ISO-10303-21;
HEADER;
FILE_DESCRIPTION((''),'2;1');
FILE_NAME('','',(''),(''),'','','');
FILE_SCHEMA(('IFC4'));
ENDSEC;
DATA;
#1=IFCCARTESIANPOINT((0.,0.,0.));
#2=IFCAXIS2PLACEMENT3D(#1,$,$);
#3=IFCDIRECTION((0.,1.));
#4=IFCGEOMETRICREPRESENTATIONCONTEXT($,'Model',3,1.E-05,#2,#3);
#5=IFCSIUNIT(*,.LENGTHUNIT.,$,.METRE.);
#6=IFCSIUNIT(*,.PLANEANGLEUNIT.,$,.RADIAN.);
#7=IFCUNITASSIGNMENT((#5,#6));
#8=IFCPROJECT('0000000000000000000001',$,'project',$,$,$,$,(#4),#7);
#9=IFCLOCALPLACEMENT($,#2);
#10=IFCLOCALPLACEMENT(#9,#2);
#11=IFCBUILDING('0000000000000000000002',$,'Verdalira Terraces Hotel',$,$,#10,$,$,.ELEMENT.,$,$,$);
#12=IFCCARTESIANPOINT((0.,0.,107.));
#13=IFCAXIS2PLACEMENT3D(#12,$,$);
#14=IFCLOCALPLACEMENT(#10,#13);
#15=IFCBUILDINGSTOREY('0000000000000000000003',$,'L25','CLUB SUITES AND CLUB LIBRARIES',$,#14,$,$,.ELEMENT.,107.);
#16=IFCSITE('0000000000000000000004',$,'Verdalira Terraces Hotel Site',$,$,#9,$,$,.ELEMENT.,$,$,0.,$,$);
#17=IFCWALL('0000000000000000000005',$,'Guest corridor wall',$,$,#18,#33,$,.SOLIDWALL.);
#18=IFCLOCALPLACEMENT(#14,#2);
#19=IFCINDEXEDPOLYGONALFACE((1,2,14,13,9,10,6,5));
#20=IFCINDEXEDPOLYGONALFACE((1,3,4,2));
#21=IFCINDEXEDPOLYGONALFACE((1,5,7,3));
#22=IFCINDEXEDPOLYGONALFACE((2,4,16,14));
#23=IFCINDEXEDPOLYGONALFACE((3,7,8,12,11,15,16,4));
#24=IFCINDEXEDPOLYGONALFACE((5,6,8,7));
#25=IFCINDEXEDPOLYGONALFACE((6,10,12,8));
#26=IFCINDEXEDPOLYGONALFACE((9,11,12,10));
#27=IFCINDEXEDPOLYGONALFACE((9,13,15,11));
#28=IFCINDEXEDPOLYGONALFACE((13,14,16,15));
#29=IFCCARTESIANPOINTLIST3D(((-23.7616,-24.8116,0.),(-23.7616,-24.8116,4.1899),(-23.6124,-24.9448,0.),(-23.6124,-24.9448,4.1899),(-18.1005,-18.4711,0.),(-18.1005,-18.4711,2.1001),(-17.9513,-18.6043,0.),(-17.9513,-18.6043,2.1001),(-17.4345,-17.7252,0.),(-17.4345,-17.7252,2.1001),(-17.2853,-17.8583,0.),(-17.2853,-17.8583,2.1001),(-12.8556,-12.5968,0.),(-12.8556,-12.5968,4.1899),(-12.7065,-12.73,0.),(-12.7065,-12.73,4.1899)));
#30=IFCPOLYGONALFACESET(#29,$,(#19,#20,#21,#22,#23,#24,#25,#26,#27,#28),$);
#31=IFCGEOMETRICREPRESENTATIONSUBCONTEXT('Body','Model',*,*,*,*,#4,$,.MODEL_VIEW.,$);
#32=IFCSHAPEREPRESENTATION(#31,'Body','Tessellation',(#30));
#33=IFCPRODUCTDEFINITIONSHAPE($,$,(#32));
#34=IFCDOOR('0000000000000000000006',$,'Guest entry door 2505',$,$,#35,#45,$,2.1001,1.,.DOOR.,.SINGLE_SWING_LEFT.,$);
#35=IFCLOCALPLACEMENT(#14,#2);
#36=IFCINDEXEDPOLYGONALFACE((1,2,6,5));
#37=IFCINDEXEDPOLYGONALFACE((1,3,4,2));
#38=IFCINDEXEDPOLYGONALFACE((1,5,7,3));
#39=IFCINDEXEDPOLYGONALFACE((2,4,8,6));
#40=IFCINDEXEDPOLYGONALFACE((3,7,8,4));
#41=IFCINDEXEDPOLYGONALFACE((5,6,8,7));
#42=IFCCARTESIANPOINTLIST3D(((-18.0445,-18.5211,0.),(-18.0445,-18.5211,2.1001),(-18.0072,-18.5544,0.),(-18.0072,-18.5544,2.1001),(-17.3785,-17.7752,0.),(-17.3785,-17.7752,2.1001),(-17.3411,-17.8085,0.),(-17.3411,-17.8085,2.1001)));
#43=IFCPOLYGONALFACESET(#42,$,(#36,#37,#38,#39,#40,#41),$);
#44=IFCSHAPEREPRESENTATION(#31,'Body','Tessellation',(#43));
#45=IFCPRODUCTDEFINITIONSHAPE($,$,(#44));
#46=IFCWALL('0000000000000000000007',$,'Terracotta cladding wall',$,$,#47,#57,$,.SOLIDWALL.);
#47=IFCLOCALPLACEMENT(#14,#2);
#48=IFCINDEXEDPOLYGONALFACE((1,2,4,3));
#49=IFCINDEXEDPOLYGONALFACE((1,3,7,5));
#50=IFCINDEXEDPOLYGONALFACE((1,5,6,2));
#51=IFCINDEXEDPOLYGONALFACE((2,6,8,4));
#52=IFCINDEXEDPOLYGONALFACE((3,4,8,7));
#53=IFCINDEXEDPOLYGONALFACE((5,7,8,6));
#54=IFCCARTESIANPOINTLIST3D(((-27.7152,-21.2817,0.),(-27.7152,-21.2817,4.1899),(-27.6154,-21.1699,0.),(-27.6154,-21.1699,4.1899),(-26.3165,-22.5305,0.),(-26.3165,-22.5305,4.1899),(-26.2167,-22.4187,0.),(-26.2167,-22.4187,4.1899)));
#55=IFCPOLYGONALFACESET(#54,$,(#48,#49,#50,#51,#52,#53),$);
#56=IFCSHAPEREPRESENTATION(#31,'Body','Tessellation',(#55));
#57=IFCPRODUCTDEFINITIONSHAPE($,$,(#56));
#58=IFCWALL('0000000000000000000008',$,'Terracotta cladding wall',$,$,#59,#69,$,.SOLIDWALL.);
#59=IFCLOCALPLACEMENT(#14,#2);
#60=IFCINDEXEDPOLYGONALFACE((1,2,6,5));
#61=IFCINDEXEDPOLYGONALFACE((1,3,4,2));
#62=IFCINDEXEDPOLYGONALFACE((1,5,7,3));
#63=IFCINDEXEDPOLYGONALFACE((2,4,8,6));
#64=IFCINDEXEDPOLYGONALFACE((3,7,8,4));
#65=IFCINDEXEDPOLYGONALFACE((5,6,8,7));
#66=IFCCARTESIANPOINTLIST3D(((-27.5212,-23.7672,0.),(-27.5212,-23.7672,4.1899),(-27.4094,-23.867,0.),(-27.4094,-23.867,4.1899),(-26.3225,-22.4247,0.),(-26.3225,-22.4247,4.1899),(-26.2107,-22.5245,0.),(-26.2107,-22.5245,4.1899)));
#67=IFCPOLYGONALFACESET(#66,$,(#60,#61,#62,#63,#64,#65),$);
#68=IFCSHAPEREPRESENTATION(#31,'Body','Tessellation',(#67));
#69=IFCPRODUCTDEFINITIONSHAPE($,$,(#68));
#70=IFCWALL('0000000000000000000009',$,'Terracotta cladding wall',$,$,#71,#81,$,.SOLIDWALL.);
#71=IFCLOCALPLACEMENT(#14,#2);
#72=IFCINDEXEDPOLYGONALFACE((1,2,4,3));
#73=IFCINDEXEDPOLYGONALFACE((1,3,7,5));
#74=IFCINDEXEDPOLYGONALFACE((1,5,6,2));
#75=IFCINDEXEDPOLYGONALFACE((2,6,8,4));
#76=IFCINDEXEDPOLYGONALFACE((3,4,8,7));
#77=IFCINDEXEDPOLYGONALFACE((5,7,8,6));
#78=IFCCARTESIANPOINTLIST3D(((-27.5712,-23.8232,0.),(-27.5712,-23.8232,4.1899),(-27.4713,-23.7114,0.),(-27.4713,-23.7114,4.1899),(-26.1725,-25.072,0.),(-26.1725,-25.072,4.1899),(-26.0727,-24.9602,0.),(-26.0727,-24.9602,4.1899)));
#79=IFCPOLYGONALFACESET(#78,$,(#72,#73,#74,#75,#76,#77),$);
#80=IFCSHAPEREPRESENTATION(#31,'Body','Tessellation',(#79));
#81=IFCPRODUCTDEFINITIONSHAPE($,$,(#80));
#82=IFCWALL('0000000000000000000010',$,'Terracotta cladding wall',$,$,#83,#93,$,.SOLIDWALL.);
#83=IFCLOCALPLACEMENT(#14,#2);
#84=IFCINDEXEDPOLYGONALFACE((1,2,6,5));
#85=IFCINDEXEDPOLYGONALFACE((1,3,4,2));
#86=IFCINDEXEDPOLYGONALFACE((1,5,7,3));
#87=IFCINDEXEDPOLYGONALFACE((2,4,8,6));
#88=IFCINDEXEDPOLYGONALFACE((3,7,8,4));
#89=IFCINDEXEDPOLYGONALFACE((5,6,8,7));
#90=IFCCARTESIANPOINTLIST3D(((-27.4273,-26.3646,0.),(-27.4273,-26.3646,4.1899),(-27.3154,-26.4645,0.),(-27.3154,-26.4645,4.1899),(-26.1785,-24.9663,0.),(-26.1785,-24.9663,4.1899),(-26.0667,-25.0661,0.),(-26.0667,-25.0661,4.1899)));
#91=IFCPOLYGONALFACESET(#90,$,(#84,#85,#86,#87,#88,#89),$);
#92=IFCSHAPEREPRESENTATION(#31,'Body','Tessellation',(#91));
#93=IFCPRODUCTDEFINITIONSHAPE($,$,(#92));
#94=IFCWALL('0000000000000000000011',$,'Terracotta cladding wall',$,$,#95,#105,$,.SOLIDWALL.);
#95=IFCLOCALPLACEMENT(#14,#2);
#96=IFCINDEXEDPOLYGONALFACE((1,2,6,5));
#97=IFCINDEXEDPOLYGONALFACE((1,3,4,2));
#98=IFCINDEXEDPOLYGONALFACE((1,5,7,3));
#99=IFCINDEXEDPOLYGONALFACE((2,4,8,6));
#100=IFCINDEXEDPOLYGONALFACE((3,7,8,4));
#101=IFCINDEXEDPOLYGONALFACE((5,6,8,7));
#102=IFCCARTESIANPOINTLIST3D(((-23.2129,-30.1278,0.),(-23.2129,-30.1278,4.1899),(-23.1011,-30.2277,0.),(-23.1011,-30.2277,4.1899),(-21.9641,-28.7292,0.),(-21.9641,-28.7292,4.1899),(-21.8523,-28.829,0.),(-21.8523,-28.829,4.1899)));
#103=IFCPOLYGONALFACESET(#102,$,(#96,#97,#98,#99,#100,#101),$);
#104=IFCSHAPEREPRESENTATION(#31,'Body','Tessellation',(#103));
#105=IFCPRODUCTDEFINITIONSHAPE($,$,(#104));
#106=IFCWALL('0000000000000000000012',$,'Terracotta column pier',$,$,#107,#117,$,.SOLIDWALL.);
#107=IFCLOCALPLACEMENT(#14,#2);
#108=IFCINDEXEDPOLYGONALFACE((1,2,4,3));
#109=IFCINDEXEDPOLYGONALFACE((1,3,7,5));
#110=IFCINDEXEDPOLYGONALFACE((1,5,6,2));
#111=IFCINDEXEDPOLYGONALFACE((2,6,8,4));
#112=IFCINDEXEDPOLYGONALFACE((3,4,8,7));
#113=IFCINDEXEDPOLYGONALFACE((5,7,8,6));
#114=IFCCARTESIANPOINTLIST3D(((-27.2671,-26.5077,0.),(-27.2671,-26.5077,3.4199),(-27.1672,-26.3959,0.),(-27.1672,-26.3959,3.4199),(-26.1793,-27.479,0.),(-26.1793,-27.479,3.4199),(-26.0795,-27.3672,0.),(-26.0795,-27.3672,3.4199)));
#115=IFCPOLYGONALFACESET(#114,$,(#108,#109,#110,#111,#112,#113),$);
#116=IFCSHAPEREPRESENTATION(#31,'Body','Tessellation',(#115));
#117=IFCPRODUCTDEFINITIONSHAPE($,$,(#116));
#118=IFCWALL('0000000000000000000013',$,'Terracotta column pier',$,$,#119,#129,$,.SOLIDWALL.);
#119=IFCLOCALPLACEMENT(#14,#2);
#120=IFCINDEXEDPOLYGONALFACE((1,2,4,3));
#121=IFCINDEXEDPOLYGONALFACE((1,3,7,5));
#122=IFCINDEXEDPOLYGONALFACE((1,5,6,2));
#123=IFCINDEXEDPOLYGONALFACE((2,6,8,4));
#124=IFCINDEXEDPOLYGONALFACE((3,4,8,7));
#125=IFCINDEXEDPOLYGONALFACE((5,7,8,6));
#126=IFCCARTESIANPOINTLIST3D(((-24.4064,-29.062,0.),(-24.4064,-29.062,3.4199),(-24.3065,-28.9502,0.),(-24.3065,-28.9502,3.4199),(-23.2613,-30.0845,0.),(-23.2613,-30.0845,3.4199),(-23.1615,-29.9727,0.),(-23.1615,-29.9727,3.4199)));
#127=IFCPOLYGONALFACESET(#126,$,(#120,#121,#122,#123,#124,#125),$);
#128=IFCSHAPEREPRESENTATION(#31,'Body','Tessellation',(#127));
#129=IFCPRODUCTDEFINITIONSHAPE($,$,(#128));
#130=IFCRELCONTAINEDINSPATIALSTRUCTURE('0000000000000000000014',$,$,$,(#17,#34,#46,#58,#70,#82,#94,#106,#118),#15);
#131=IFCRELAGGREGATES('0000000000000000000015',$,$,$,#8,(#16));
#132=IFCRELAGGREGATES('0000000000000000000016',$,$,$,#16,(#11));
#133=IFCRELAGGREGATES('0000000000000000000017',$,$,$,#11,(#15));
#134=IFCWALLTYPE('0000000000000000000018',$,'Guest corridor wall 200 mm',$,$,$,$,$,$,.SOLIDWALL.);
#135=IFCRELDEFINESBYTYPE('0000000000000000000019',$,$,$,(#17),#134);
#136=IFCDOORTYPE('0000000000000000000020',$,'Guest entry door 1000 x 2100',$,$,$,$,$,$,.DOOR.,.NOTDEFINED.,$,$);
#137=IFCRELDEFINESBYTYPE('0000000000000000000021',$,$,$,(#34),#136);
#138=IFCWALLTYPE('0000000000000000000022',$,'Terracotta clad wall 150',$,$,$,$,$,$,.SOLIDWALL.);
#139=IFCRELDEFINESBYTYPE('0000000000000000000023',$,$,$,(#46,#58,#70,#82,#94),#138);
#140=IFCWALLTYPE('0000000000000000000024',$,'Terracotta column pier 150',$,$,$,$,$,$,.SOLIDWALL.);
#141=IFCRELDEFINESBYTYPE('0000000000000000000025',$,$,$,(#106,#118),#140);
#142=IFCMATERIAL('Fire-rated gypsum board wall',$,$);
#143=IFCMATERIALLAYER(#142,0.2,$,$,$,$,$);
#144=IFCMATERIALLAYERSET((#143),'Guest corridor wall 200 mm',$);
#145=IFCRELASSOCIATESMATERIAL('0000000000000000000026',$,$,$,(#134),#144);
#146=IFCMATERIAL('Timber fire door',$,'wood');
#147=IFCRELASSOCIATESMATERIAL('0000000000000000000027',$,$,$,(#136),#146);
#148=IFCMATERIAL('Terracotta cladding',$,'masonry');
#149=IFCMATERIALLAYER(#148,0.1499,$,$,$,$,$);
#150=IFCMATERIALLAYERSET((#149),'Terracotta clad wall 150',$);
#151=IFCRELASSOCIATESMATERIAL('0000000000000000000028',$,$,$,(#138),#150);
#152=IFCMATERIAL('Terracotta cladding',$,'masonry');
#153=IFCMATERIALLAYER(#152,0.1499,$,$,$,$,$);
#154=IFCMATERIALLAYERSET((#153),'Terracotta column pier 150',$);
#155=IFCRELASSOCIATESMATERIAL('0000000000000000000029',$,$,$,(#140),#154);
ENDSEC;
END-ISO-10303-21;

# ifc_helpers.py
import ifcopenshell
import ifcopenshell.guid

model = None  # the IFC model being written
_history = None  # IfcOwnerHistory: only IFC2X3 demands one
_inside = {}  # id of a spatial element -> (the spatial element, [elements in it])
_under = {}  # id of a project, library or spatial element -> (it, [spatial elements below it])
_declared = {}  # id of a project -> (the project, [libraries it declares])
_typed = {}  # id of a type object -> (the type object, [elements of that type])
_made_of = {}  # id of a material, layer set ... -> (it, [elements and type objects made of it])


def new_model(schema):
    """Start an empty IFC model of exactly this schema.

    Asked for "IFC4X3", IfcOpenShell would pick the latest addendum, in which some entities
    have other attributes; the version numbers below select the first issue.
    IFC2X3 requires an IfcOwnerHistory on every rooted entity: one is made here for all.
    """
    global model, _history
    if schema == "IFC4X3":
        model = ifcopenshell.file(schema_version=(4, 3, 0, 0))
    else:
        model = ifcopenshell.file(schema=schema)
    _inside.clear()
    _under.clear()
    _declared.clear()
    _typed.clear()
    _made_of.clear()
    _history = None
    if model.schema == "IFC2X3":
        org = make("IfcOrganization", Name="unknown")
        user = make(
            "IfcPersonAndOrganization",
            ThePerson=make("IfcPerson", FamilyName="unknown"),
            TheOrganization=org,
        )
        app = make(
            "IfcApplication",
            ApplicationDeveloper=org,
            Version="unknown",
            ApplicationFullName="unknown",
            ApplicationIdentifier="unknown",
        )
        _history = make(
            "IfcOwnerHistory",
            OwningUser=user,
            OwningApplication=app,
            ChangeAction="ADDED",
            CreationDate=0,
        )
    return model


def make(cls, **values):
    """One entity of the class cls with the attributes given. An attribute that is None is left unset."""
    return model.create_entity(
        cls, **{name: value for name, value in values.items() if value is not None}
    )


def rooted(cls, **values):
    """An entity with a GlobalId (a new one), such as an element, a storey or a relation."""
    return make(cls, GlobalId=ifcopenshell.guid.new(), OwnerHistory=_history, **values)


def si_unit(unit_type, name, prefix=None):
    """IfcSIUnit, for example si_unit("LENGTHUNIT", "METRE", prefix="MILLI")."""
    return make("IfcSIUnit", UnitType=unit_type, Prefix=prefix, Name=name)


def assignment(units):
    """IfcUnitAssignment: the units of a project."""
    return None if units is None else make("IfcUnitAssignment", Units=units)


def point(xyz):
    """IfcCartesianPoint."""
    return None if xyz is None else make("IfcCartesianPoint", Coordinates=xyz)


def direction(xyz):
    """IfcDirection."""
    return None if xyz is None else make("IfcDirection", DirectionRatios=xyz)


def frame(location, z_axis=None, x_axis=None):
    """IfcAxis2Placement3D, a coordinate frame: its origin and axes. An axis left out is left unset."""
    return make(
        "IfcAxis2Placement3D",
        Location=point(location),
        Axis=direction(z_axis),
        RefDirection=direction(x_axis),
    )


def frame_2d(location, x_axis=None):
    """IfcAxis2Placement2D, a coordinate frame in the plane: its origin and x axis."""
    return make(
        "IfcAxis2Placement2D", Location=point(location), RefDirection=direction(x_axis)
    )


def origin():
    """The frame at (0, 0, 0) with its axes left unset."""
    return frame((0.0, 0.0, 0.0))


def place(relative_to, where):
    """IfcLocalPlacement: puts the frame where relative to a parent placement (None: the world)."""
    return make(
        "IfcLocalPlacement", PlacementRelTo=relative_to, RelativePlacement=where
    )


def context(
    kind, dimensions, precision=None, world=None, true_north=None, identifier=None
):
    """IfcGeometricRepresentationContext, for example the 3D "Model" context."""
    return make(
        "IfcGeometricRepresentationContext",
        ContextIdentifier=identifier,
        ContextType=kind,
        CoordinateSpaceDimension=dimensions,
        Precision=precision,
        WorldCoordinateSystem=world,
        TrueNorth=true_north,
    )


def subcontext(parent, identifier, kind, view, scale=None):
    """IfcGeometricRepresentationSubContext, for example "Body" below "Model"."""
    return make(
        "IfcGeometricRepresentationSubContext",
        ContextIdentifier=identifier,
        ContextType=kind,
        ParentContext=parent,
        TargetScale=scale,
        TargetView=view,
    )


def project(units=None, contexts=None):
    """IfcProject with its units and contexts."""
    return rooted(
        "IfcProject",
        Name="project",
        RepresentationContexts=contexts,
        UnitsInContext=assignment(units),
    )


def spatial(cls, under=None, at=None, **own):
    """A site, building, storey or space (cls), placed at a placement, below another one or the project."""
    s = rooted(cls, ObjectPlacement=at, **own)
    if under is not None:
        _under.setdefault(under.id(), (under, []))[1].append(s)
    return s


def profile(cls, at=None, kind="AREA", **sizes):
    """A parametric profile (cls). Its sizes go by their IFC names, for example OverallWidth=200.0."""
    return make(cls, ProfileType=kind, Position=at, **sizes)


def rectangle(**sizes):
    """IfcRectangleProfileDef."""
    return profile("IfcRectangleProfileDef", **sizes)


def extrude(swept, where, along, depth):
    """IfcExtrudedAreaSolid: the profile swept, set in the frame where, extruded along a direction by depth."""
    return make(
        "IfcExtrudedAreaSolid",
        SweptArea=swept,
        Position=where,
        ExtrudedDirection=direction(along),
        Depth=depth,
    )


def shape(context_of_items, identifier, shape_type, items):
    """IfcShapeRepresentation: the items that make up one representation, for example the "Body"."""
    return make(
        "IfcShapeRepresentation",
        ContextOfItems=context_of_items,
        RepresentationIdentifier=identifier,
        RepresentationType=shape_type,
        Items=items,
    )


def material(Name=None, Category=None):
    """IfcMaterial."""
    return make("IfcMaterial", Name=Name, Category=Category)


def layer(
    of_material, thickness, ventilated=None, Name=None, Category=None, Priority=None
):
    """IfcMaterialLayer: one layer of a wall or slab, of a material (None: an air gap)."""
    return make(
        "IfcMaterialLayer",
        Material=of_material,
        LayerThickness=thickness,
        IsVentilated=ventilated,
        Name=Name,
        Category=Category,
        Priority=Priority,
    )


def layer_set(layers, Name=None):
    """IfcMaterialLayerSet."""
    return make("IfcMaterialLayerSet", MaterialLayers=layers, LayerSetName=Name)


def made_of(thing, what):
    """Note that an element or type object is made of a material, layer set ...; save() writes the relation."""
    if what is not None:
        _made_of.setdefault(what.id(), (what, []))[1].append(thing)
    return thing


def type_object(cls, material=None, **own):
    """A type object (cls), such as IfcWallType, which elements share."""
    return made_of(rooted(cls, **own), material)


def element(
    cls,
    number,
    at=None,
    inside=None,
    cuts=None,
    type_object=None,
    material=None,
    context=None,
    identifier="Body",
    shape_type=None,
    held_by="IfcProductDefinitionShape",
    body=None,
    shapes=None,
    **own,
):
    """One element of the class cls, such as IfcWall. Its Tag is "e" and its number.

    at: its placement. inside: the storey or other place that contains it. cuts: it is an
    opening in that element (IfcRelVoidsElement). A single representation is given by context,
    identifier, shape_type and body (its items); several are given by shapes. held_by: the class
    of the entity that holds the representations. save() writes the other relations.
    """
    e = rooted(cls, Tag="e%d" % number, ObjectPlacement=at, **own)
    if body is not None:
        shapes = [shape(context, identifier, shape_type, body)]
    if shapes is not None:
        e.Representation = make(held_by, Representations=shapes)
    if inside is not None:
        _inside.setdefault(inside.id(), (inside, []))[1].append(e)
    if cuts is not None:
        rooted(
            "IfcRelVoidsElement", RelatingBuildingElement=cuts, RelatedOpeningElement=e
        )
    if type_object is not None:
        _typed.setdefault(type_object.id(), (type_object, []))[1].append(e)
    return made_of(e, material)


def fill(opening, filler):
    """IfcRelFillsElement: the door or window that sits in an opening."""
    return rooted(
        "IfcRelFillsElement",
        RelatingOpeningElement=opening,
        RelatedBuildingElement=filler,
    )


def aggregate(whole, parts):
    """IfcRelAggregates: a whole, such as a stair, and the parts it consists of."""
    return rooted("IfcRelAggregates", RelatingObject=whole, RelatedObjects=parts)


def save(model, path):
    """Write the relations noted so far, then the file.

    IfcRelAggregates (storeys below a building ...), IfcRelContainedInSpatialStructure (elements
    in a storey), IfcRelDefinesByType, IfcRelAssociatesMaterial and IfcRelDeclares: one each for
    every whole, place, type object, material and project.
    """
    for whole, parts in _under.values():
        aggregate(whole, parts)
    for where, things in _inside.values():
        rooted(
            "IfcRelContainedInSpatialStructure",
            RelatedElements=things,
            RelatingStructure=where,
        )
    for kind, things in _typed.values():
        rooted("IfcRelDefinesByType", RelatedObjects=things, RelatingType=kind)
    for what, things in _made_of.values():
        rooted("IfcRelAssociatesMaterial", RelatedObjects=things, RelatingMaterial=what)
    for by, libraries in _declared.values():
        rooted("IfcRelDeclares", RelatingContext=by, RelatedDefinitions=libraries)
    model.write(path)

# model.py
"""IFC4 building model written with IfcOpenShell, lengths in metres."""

from ifc_helpers import new_model, si_unit, direction, frame, frame_2d, origin, place, context, subcontext, project, spatial, rectangle, extrude, material, layer, layer_set, type_object, element, fill, save


model = new_model("IFC4")

# Units and contexts
model_context = context("Model", 3, precision=1e-05, world=origin(), true_north=direction((0.0, 1.0)))
body_context = subcontext(model_context, "Body", "Model", "MODEL_VIEW")
ifc_project = project(units=[si_unit("LENGTHUNIT", "METRE"), si_unit("PLANEANGLEUNIT", "RADIAN")], contexts=[model_context])

# Site, building, storey
site_placement = place(None, origin())
site = spatial("IfcSite", under=ifc_project, at=site_placement, Name="Verdalira Terraces Hotel Site", CompositionType="ELEMENT", RefElevation=0.0)
building_placement = place(site_placement, origin())
building = spatial("IfcBuilding", under=site, at=building_placement, Name="Verdalira Terraces Hotel", CompositionType="ELEMENT")
storey_placement = place(building_placement, frame((0.0, 0.0, 107.0)))
storey = spatial("IfcBuildingStorey", under=building, at=storey_placement, Name="L25", Description="CLUB SUITES AND CLUB LIBRARIES", CompositionType="ELEMENT", Elevation=107.0)

# Shared definitions
ifc_material_1 = material(Name="Fire-rated gypsum board wall")
ifc_layer_1 = layer(ifc_material_1, 0.2)
ifc_layer_set_1 = layer_set([ifc_layer_1], Name="Guest corridor wall 200 mm")
wall_type_1 = type_object("IfcWallType", Name="Guest corridor wall 200 mm", PredefinedType="SOLIDWALL", material=ifc_layer_set_1)

# Wall, opening, door
wall_1_placement = place(storey_placement, frame((-23.687, -24.8782, 0.0), z_axis=(0.0, 0.0, 1.0), x_axis=(0.666012, 0.745941, 0.0)))
wall_1 = element("IfcWall", 1, at=wall_1_placement, inside=storey, type_object=wall_type_1, Name="Guest corridor wall", PredefinedType="SOLIDWALL", context=body_context, shape_type="SweptSolid", body=[
    extrude(rectangle(XDim=16.375, YDim=0.2, at=frame_2d((8.1875, 0.0))), origin(), (0.0, 0.0, 1.0), 4.1899),
])
opening_placement = place(wall_1_placement, frame((8.5, 0.0, 0.0)))
opening = element("IfcOpeningElement", 2, at=opening_placement, cuts=wall_1, PredefinedType="OPENING", context=body_context, shape_type="SweptSolid", body=[
    extrude(rectangle(XDim=1.0, YDim=2.1001, at=frame_2d((0.5, 1.05))), frame((0.0, 0.1099, 0.0), z_axis=(0.0, -1.0, 0.0), x_axis=(1.0, 0.0, 0.0)), (0.0, 0.0, 1.0), 0.22),
])
ifc_material_2 = material(Name="Timber fire door", Category="wood")
door_type = type_object("IfcDoorType", Name="Guest entry door 1000 x 2100", OperationType="NOTDEFINED", PredefinedType="DOOR", material=ifc_material_2)
door_placement = place(opening_placement, origin())
door = element("IfcDoor", 3, at=door_placement, inside=storey, type_object=door_type, Name="Guest entry door 2505", OperationType="SINGLE_SWING_LEFT", OverallHeight=2.1001, OverallWidth=1.0, PredefinedType="DOOR", context=body_context, shape_type="SweptSolid", body=[
    extrude(rectangle(XDim=1.0, YDim=2.1001, at=frame_2d((0.5, 1.05))), frame((0.0, 0.0249, 0.0), z_axis=(0.0, -1.0, 0.0), x_axis=(1.0, 0.0, 0.0)), (0.0, 0.0, 1.0), 0.05),
])
fill(opening, door)

# Walls
ifc_material_3 = material(Name="Terracotta cladding", Category="masonry")
ifc_layer_2 = layer(ifc_material_3, 0.1499)
ifc_layer_set_2 = layer_set([ifc_layer_2], Name="Terracotta clad wall 150")
wall_type_2 = type_object("IfcWallType", Name="Terracotta clad wall 150", PredefinedType="SOLIDWALL", material=ifc_layer_set_2)
wall_2_placement = place(storey_placement, frame((-27.6653, -21.2258, 0.0), z_axis=(0.0, 0.0, 1.0), x_axis=(0.745949, -0.666003, 0.0)))
element("IfcWall", 4, at=wall_2_placement, inside=storey, type_object=wall_type_2, Name="Terracotta cladding wall", PredefinedType="SOLIDWALL", context=body_context, shape_type="SweptSolid", body=[
    extrude(rectangle(XDim=1.875, YDim=0.1499, at=frame_2d((0.9375, 0.0))), origin(), (0.0, 0.0, 1.0), 4.1899),
])
wall_3_placement = place(storey_placement, frame((-26.2666, -22.4746, 0.0), z_axis=(0.0, 0.0, 1.0), x_axis=(-0.666029, -0.745926, 0.0)))
element("IfcWall", 5, at=wall_3_placement, inside=storey, type_object=wall_type_2, Name="Terracotta cladding wall", PredefinedType="SOLIDWALL", context=body_context, shape_type="SweptSolid", body=[
    extrude(rectangle(XDim=1.7998, YDim=0.1499, at=frame_2d((0.8999, 0.0))), origin(), (0.0, 0.0, 1.0), 4.1899),
])
wall_4_placement = place(storey_placement, frame((-27.5212, -23.7673, 0.0), z_axis=(0.0, 0.0, 1.0), x_axis=(0.745949, -0.666003, 0.0)))
element("IfcWall", 6, at=wall_4_placement, inside=storey, type_object=wall_type_2, Name="Terracotta cladding wall", PredefinedType="SOLIDWALL", context=body_context, shape_type="SweptSolid", body=[
    extrude(rectangle(XDim=1.875, YDim=0.1499, at=frame_2d((0.9375, 0.0))), origin(), (0.0, 0.0, 1.0), 4.1899),
])
wall_5_placement = place(storey_placement, frame((-26.1226, -25.0161, 0.0), z_axis=(0.0, 0.0, 1.0), x_axis=(-0.666068, -0.745891, 0.0)))
element("IfcWall", 7, at=wall_5_placement, inside=storey, type_object=wall_type_2, Name="Terracotta cladding wall", PredefinedType="SOLIDWALL", context=body_context, shape_type="SweptSolid", body=[
    extrude(rectangle(XDim=1.8748, YDim=0.1499, at=frame_2d((0.9375, 0.0))), origin(), (0.0, 0.0, 1.0), 4.1899),
])
wall_6_placement = place(storey_placement, frame((-23.157, -30.1777, 0.0), z_axis=(0.0, 0.0, 1.0), x_axis=(0.666003, 0.745949, 0.0)))
element("IfcWall", 8, at=wall_6_placement, inside=storey, type_object=wall_type_2, Name="Terracotta cladding wall", PredefinedType="SOLIDWALL", context=body_context, shape_type="SweptSolid", body=[
    extrude(rectangle(XDim=1.875, YDim=0.1499, at=frame_2d((0.9375, 0.0))), origin(), (0.0, 0.0, 1.0), 4.1899),
])
ifc_material_4 = material(Name="Terracotta cladding", Category="masonry")
ifc_layer_3 = layer(ifc_material_4, 0.1499)
ifc_layer_set_3 = layer_set([ifc_layer_3], Name="Terracotta column pier 150")
wall_type_3 = type_object("IfcWallType", Name="Terracotta column pier 150", PredefinedType="SOLIDWALL", material=ifc_layer_set_3)
wall_7_placement = place(storey_placement, frame((-27.217, -26.4519, 0.0), z_axis=(0.0, 0.0, 1.0), x_axis=(0.745911, -0.666046, 0.0)))
element("IfcWall", 9, at=wall_7_placement, inside=storey, type_object=wall_type_3, Name="Terracotta column pier", PredefinedType="SOLIDWALL", context=body_context, shape_type="SweptSolid", body=[
    extrude(rectangle(XDim=1.4583, YDim=0.1499, at=frame_2d((0.729, 0.0))), origin(), (0.0, 0.0, 1.0), 3.4199),
])
wall_8_placement = place(storey_placement, frame((-24.3564, -29.0061, 0.0), z_axis=(0.0, 0.0, 1.0), x_axis=(0.745898, -0.66606, 0.0)))
element("IfcWall", 10, at=wall_8_placement, inside=storey, type_object=wall_type_3, Name="Terracotta column pier", PredefinedType="SOLIDWALL", context=body_context, shape_type="SweptSolid", body=[
    extrude(rectangle(XDim=1.5352, YDim=0.1499, at=frame_2d((0.7676, 0.0))), origin(), (0.0, 0.0, 1.0), 3.4199),
])

save(model, "model.ifc")
